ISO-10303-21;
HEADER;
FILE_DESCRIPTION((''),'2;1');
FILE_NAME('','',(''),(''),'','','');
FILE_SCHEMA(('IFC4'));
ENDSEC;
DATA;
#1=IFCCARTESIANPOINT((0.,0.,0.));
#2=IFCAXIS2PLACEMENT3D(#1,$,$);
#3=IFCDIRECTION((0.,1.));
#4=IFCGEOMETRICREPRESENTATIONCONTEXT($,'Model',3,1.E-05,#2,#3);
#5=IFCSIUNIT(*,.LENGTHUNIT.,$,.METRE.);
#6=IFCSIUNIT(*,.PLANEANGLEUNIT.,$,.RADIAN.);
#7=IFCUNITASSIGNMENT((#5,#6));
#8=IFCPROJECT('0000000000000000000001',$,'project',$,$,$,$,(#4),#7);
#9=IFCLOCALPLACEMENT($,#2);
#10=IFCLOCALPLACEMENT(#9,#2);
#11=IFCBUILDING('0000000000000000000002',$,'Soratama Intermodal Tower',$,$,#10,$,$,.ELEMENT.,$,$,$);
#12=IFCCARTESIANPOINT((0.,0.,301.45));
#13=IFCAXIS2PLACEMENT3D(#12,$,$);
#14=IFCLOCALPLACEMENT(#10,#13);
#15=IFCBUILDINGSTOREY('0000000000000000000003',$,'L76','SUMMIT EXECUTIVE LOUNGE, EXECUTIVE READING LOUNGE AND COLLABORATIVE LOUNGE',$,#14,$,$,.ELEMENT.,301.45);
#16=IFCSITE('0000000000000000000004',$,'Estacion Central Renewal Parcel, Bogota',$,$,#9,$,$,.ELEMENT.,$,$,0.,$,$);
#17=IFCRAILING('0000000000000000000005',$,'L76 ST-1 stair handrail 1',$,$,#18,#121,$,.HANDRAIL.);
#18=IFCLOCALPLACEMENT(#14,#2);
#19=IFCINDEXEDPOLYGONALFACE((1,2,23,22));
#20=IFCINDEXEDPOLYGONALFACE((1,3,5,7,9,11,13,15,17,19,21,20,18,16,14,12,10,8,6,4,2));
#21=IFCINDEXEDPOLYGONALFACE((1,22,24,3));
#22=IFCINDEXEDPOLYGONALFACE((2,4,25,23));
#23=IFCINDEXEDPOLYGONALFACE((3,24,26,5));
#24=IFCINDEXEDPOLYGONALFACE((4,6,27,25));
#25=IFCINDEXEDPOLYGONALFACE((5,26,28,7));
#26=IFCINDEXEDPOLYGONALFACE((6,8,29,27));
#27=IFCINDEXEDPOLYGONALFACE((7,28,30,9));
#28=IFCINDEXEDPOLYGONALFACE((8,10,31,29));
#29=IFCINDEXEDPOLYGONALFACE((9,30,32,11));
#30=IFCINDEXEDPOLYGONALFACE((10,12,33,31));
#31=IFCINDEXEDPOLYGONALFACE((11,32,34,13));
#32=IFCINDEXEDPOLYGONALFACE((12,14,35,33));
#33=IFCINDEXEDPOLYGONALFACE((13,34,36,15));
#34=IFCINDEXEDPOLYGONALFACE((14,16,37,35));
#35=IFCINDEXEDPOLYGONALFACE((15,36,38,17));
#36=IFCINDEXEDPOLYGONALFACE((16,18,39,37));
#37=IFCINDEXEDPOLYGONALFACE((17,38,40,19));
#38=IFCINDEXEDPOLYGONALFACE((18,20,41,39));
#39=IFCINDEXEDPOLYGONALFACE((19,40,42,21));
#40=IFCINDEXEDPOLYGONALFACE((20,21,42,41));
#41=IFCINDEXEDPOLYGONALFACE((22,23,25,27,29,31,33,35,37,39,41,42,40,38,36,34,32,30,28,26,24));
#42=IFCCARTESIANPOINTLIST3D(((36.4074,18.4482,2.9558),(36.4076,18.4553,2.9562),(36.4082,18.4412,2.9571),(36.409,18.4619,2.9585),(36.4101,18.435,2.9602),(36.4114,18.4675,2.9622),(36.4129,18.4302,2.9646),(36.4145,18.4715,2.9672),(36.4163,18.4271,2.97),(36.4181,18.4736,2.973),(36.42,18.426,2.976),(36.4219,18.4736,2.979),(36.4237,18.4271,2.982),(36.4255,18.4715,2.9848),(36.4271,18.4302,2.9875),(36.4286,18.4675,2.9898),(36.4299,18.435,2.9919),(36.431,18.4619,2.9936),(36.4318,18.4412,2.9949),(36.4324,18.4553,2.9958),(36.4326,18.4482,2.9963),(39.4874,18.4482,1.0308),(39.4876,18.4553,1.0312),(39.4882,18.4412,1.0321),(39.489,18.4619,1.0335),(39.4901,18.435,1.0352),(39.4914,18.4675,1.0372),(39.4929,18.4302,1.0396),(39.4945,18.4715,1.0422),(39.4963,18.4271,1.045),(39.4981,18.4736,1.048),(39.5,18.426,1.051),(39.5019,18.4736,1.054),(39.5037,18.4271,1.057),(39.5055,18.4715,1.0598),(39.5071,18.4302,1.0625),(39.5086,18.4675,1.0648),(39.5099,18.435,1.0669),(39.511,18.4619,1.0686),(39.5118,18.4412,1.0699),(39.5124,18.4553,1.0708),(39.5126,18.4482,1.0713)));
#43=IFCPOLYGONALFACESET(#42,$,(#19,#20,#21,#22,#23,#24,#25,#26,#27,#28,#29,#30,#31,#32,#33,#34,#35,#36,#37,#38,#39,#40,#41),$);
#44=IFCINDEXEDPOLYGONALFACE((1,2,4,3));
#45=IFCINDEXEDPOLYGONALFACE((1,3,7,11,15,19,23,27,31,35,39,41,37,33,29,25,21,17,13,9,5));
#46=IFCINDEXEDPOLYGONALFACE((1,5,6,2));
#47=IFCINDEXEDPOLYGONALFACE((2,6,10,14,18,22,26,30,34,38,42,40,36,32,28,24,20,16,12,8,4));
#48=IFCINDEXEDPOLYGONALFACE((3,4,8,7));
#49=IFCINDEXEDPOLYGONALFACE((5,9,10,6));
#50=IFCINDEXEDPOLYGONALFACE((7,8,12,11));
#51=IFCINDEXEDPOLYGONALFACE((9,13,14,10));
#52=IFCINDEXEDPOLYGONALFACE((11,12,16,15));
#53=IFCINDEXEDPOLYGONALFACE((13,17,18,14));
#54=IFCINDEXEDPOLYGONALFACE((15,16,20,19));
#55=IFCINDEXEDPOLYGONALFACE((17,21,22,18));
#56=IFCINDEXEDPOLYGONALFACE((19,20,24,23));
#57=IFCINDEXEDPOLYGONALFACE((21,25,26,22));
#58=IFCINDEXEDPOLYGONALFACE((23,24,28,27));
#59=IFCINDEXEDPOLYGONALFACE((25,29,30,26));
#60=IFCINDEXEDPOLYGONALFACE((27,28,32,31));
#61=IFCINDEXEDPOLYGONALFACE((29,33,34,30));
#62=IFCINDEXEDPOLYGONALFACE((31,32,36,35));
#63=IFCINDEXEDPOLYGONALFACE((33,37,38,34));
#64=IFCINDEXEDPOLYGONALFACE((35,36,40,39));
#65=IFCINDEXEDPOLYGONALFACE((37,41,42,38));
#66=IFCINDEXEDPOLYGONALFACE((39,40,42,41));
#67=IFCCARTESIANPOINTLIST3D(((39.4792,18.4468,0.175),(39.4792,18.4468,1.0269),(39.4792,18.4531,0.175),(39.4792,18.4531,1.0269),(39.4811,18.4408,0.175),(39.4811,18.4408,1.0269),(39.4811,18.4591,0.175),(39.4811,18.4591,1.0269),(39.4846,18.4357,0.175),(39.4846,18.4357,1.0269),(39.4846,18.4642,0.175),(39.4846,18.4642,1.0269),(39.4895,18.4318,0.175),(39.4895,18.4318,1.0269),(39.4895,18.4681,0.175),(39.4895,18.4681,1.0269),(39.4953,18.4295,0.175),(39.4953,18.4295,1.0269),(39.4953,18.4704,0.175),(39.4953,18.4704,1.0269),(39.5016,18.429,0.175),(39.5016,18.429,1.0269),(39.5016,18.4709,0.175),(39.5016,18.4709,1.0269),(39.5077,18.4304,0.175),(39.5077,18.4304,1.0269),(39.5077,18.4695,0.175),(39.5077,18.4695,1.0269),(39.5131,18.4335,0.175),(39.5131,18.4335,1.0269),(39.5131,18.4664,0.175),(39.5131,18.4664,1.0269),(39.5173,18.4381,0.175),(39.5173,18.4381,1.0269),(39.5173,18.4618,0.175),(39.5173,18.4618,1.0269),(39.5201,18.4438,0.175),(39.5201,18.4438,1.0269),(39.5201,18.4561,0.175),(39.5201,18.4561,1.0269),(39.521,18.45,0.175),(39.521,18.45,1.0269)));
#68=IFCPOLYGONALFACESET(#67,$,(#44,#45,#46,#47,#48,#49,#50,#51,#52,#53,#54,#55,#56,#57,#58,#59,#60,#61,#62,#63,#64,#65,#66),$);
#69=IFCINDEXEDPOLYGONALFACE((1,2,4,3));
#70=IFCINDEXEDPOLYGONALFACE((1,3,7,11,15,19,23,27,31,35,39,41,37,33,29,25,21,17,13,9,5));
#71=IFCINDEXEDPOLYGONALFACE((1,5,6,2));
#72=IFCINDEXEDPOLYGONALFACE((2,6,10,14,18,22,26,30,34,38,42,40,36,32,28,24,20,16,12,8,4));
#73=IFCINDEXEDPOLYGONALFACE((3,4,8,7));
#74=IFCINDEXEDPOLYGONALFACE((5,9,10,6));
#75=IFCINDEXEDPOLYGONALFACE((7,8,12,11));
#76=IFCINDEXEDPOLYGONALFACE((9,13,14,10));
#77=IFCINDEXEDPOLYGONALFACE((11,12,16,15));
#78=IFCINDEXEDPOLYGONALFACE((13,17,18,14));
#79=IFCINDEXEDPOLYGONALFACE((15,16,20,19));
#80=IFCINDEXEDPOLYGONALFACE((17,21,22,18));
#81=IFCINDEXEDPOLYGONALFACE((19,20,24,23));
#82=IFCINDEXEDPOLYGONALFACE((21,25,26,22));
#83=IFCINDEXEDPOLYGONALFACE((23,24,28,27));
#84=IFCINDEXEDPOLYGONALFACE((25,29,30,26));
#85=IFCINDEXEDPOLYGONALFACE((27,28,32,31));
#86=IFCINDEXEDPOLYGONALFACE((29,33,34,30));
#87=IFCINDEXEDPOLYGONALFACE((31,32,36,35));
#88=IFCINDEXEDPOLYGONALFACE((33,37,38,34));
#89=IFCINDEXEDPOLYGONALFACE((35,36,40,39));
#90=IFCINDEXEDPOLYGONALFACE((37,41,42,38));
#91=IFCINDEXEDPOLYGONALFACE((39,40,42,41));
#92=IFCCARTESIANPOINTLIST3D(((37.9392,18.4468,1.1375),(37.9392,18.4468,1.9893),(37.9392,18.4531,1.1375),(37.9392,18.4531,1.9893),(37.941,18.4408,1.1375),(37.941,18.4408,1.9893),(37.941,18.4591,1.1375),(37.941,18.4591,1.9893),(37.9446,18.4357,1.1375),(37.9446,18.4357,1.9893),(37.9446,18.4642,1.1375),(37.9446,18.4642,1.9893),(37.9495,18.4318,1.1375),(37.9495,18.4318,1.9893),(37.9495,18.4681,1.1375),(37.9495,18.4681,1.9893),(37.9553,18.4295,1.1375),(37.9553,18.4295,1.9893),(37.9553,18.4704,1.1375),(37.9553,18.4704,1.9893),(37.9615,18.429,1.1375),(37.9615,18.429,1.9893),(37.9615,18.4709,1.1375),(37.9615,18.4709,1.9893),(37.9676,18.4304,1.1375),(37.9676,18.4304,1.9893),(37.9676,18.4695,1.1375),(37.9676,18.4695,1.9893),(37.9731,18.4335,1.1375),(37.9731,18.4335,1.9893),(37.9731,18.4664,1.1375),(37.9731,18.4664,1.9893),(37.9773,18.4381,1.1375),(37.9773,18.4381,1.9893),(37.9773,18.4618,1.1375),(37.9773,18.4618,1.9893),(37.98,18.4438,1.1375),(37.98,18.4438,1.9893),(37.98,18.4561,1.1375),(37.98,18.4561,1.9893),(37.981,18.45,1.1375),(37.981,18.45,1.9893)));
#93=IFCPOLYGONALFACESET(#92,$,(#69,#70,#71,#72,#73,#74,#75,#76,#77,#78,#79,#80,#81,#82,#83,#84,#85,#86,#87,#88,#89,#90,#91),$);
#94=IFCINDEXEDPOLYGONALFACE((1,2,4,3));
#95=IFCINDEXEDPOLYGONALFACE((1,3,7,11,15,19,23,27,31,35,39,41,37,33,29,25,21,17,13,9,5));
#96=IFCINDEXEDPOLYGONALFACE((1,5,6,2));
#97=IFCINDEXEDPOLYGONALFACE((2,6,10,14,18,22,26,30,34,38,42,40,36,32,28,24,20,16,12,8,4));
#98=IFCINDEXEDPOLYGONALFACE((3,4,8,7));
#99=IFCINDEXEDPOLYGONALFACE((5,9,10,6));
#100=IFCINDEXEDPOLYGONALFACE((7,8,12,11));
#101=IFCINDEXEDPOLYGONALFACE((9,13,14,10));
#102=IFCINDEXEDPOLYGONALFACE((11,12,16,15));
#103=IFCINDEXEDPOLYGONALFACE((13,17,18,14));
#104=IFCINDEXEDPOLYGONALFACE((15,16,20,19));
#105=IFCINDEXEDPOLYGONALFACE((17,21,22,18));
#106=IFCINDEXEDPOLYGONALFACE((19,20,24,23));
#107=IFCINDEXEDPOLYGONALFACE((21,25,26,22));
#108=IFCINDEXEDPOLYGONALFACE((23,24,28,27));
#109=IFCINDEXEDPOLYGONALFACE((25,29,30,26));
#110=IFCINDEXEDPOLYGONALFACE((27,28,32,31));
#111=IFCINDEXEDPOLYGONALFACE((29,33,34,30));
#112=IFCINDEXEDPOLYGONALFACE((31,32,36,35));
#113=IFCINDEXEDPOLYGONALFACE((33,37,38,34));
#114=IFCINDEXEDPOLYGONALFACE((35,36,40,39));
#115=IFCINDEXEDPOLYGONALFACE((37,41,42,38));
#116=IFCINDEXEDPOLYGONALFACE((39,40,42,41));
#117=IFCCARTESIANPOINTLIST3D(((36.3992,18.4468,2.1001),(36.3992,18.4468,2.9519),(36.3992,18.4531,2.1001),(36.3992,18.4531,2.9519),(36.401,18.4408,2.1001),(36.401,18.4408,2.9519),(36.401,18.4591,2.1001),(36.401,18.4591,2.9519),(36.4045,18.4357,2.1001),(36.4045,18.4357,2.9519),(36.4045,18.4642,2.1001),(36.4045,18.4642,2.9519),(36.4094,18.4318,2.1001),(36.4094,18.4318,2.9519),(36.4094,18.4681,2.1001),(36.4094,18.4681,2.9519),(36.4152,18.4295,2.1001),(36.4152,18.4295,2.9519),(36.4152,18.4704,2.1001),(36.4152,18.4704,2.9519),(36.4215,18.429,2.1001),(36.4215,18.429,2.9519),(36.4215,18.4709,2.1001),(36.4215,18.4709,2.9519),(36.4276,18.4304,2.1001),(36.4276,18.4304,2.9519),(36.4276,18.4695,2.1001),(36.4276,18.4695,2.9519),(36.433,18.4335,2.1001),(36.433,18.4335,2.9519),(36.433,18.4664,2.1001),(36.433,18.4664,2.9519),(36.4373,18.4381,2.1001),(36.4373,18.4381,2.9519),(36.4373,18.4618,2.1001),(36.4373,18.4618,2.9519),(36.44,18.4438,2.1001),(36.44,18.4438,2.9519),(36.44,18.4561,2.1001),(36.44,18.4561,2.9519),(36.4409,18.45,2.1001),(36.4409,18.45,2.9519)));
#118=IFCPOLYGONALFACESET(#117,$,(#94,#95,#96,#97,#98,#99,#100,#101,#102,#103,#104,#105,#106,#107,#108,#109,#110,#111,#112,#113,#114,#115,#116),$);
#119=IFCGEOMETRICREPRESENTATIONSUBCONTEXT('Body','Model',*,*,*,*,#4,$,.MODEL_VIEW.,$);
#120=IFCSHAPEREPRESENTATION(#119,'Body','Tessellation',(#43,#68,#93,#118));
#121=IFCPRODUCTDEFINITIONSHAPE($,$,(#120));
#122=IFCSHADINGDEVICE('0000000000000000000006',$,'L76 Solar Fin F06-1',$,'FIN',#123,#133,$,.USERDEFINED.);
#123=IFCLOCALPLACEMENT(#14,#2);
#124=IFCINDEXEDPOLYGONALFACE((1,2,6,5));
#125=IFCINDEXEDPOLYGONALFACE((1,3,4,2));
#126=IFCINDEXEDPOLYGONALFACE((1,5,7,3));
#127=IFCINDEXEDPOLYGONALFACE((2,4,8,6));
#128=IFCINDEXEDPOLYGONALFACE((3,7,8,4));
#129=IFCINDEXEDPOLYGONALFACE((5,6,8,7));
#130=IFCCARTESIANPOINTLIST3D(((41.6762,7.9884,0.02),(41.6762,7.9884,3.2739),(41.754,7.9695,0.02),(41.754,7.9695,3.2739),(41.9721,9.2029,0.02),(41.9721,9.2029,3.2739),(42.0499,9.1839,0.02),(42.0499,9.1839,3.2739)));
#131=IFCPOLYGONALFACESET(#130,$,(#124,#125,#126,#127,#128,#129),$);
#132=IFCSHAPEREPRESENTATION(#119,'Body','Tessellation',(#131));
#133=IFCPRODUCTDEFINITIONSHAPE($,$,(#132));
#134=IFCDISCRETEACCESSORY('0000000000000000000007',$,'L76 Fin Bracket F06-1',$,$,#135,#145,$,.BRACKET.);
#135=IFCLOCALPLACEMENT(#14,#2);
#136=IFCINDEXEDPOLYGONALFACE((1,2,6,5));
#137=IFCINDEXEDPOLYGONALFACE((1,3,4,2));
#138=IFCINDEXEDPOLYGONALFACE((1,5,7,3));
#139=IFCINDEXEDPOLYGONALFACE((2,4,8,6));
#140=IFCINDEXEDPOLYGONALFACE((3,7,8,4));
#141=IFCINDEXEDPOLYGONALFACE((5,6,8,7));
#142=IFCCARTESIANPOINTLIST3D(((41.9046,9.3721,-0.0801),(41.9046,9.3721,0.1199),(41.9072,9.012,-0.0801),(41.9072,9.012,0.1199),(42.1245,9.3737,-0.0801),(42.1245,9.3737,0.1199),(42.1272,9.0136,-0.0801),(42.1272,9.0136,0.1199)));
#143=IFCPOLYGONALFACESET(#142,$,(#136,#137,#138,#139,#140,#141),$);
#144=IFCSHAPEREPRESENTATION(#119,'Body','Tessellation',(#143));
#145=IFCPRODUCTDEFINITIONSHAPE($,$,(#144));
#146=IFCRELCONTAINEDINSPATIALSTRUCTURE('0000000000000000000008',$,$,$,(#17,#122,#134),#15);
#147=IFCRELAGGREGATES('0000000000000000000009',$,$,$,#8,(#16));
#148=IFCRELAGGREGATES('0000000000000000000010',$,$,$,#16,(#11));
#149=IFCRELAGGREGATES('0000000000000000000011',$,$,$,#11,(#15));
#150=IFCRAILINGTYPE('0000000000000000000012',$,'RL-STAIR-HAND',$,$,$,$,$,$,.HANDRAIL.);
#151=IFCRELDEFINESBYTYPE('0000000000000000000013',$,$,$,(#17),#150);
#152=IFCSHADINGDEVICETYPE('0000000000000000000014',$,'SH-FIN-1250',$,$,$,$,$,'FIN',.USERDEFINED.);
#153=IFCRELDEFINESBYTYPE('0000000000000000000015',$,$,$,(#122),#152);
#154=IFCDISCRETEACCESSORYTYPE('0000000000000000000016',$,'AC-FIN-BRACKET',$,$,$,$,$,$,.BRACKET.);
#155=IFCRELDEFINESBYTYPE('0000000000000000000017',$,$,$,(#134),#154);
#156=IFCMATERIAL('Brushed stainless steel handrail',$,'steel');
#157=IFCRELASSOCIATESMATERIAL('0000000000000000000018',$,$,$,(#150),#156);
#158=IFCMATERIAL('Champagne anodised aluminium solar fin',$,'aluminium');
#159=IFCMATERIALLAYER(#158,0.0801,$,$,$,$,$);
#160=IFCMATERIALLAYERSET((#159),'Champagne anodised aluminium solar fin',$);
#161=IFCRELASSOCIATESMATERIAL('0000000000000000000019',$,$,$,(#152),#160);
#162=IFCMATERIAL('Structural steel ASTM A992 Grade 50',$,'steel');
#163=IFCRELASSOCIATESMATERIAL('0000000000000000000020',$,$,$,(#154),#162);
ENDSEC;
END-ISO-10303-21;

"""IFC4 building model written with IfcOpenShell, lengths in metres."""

from ifc_helpers import new_model, si_unit, direction, frame, origin, origin_2d, place, context, subcontext, project, spatial, rectangle, circle, extrude, material, layer, layer_set, type_object, element, save


model = new_model("IFC4")

# Units and contexts
model_context = context("Model", 3, precision=1e-05, world=origin(), true_north=direction((0.0, 1.0)))
body_context = subcontext(model_context, "Body", "Model", "MODEL_VIEW")
ifc_project = project(units=[si_unit("LENGTHUNIT", "METRE"), si_unit("PLANEANGLEUNIT", "RADIAN")], contexts=[model_context])

# Site, building, storey
site_placement = place(None, origin())
site = spatial("IfcSite", under=ifc_project, at=site_placement, Name="Estacion Central Renewal Parcel, Bogota", CompositionType="ELEMENT", RefElevation=0.0)
building_placement = place(site_placement, origin())
building = spatial("IfcBuilding", under=site, at=building_placement, Name="Soratama Intermodal Tower", CompositionType="ELEMENT")
storey_placement = place(building_placement, frame((0.0, 0.0, 301.45)))
storey = spatial("IfcBuildingStorey", under=building, at=storey_placement, Name="L76", Description="SUMMIT EXECUTIVE LOUNGE, EXECUTIVE READING LOUNGE AND COLLABORATIVE LOUNGE", CompositionType="ELEMENT", Elevation=301.45)

# Railing
ifc_material_1 = material(Name="Brushed stainless steel handrail", Category="steel")
railing_type_1 = type_object("IfcRailingType", Name="RL-STAIR-HAND", PredefinedType="HANDRAIL", material=ifc_material_1)
railing_1_placement = place(storey_placement, frame((39.5, 18.45, 0.175)))
element("IfcRailing", 1, at=railing_1_placement, inside=storey, type_object=railing_type_1, Name="L76 ST-1 stair handrail 1", PredefinedType="HANDRAIL", context=body_context, shape_type="SweptSolid", body=[
    extrude(circle(Radius=0.0239, at=origin_2d()), frame((0.0, 0.0, 0.876), z_axis=(-0.847998, 0.0, 0.529999), x_axis=(0.0, -1.0, 0.0)), (0.0, 0.0, 1.0), 3.6321),
    extrude(circle(Radius=0.021, at=origin_2d()), origin(), (0.0, 0.0, 1.0), 0.8518),
    extrude(circle(Radius=0.021, at=origin_2d()), frame((-1.54, 0.0, 0.9624)), (0.0, 0.0, 1.0), 0.8518),
    extrude(circle(Radius=0.021, at=origin_2d()), frame((-3.0801, 0.0, 1.925)), (0.0, 0.0, 1.0), 0.8518),
])

# Shading device
ifc_material_2 = material(Name="Champagne anodised aluminium solar fin", Category="aluminium")
ifc_layer_1 = layer(ifc_material_2, 0.0801)
ifc_layer_set_1 = layer_set([ifc_layer_1], Name="Champagne anodised aluminium solar fin")
shading_device_type = type_object("IfcShadingDeviceType", Name="SH-FIN-1250", ElementType="FIN", PredefinedType="USERDEFINED", material=ifc_layer_set_1)
shading_device_placement = place(storey_placement, frame((41.863, 8.5862, 0.02), z_axis=(0.0, 0.0, 1.0), x_axis=(-0.236669, -0.97159, 0.0)))
element("IfcShadingDevice", 2, at=shading_device_placement, inside=storey, type_object=shading_device_type, Name="L76 Solar Fin F06-1", ObjectType="FIN", PredefinedType="USERDEFINED", context=body_context, shape_type="SweptSolid", body=[
    extrude(rectangle(XDim=1.25, YDim=0.0801, at=origin_2d()), origin(), (0.0, 0.0, 1.0), 3.2539),
])

# Discrete accessory
ifc_material_3 = material(Name="Structural steel ASTM A992 Grade 50", Category="steel")
discrete_accessory_type = type_object("IfcDiscreteAccessoryType", Name="AC-FIN-BRACKET", PredefinedType="BRACKET", material=ifc_material_3)
discrete_accessory_placement = place(storey_placement, frame((42.0159, 9.1929, -0.0801), z_axis=(0.0, 0.0, 1.0), x_axis=(0.00733, -0.999973, 0.0)))
element("IfcDiscreteAccessory", 3, at=discrete_accessory_placement, inside=storey, type_object=discrete_accessory_type, Name="L76 Fin Bracket F06-1", PredefinedType="BRACKET", context=body_context, shape_type="SweptSolid", body=[
    extrude(rectangle(XDim=0.3601, YDim=0.22, at=origin_2d()), origin(), (0.0, 0.0, 1.0), 0.2),
])

save(model, "model.ifc")
